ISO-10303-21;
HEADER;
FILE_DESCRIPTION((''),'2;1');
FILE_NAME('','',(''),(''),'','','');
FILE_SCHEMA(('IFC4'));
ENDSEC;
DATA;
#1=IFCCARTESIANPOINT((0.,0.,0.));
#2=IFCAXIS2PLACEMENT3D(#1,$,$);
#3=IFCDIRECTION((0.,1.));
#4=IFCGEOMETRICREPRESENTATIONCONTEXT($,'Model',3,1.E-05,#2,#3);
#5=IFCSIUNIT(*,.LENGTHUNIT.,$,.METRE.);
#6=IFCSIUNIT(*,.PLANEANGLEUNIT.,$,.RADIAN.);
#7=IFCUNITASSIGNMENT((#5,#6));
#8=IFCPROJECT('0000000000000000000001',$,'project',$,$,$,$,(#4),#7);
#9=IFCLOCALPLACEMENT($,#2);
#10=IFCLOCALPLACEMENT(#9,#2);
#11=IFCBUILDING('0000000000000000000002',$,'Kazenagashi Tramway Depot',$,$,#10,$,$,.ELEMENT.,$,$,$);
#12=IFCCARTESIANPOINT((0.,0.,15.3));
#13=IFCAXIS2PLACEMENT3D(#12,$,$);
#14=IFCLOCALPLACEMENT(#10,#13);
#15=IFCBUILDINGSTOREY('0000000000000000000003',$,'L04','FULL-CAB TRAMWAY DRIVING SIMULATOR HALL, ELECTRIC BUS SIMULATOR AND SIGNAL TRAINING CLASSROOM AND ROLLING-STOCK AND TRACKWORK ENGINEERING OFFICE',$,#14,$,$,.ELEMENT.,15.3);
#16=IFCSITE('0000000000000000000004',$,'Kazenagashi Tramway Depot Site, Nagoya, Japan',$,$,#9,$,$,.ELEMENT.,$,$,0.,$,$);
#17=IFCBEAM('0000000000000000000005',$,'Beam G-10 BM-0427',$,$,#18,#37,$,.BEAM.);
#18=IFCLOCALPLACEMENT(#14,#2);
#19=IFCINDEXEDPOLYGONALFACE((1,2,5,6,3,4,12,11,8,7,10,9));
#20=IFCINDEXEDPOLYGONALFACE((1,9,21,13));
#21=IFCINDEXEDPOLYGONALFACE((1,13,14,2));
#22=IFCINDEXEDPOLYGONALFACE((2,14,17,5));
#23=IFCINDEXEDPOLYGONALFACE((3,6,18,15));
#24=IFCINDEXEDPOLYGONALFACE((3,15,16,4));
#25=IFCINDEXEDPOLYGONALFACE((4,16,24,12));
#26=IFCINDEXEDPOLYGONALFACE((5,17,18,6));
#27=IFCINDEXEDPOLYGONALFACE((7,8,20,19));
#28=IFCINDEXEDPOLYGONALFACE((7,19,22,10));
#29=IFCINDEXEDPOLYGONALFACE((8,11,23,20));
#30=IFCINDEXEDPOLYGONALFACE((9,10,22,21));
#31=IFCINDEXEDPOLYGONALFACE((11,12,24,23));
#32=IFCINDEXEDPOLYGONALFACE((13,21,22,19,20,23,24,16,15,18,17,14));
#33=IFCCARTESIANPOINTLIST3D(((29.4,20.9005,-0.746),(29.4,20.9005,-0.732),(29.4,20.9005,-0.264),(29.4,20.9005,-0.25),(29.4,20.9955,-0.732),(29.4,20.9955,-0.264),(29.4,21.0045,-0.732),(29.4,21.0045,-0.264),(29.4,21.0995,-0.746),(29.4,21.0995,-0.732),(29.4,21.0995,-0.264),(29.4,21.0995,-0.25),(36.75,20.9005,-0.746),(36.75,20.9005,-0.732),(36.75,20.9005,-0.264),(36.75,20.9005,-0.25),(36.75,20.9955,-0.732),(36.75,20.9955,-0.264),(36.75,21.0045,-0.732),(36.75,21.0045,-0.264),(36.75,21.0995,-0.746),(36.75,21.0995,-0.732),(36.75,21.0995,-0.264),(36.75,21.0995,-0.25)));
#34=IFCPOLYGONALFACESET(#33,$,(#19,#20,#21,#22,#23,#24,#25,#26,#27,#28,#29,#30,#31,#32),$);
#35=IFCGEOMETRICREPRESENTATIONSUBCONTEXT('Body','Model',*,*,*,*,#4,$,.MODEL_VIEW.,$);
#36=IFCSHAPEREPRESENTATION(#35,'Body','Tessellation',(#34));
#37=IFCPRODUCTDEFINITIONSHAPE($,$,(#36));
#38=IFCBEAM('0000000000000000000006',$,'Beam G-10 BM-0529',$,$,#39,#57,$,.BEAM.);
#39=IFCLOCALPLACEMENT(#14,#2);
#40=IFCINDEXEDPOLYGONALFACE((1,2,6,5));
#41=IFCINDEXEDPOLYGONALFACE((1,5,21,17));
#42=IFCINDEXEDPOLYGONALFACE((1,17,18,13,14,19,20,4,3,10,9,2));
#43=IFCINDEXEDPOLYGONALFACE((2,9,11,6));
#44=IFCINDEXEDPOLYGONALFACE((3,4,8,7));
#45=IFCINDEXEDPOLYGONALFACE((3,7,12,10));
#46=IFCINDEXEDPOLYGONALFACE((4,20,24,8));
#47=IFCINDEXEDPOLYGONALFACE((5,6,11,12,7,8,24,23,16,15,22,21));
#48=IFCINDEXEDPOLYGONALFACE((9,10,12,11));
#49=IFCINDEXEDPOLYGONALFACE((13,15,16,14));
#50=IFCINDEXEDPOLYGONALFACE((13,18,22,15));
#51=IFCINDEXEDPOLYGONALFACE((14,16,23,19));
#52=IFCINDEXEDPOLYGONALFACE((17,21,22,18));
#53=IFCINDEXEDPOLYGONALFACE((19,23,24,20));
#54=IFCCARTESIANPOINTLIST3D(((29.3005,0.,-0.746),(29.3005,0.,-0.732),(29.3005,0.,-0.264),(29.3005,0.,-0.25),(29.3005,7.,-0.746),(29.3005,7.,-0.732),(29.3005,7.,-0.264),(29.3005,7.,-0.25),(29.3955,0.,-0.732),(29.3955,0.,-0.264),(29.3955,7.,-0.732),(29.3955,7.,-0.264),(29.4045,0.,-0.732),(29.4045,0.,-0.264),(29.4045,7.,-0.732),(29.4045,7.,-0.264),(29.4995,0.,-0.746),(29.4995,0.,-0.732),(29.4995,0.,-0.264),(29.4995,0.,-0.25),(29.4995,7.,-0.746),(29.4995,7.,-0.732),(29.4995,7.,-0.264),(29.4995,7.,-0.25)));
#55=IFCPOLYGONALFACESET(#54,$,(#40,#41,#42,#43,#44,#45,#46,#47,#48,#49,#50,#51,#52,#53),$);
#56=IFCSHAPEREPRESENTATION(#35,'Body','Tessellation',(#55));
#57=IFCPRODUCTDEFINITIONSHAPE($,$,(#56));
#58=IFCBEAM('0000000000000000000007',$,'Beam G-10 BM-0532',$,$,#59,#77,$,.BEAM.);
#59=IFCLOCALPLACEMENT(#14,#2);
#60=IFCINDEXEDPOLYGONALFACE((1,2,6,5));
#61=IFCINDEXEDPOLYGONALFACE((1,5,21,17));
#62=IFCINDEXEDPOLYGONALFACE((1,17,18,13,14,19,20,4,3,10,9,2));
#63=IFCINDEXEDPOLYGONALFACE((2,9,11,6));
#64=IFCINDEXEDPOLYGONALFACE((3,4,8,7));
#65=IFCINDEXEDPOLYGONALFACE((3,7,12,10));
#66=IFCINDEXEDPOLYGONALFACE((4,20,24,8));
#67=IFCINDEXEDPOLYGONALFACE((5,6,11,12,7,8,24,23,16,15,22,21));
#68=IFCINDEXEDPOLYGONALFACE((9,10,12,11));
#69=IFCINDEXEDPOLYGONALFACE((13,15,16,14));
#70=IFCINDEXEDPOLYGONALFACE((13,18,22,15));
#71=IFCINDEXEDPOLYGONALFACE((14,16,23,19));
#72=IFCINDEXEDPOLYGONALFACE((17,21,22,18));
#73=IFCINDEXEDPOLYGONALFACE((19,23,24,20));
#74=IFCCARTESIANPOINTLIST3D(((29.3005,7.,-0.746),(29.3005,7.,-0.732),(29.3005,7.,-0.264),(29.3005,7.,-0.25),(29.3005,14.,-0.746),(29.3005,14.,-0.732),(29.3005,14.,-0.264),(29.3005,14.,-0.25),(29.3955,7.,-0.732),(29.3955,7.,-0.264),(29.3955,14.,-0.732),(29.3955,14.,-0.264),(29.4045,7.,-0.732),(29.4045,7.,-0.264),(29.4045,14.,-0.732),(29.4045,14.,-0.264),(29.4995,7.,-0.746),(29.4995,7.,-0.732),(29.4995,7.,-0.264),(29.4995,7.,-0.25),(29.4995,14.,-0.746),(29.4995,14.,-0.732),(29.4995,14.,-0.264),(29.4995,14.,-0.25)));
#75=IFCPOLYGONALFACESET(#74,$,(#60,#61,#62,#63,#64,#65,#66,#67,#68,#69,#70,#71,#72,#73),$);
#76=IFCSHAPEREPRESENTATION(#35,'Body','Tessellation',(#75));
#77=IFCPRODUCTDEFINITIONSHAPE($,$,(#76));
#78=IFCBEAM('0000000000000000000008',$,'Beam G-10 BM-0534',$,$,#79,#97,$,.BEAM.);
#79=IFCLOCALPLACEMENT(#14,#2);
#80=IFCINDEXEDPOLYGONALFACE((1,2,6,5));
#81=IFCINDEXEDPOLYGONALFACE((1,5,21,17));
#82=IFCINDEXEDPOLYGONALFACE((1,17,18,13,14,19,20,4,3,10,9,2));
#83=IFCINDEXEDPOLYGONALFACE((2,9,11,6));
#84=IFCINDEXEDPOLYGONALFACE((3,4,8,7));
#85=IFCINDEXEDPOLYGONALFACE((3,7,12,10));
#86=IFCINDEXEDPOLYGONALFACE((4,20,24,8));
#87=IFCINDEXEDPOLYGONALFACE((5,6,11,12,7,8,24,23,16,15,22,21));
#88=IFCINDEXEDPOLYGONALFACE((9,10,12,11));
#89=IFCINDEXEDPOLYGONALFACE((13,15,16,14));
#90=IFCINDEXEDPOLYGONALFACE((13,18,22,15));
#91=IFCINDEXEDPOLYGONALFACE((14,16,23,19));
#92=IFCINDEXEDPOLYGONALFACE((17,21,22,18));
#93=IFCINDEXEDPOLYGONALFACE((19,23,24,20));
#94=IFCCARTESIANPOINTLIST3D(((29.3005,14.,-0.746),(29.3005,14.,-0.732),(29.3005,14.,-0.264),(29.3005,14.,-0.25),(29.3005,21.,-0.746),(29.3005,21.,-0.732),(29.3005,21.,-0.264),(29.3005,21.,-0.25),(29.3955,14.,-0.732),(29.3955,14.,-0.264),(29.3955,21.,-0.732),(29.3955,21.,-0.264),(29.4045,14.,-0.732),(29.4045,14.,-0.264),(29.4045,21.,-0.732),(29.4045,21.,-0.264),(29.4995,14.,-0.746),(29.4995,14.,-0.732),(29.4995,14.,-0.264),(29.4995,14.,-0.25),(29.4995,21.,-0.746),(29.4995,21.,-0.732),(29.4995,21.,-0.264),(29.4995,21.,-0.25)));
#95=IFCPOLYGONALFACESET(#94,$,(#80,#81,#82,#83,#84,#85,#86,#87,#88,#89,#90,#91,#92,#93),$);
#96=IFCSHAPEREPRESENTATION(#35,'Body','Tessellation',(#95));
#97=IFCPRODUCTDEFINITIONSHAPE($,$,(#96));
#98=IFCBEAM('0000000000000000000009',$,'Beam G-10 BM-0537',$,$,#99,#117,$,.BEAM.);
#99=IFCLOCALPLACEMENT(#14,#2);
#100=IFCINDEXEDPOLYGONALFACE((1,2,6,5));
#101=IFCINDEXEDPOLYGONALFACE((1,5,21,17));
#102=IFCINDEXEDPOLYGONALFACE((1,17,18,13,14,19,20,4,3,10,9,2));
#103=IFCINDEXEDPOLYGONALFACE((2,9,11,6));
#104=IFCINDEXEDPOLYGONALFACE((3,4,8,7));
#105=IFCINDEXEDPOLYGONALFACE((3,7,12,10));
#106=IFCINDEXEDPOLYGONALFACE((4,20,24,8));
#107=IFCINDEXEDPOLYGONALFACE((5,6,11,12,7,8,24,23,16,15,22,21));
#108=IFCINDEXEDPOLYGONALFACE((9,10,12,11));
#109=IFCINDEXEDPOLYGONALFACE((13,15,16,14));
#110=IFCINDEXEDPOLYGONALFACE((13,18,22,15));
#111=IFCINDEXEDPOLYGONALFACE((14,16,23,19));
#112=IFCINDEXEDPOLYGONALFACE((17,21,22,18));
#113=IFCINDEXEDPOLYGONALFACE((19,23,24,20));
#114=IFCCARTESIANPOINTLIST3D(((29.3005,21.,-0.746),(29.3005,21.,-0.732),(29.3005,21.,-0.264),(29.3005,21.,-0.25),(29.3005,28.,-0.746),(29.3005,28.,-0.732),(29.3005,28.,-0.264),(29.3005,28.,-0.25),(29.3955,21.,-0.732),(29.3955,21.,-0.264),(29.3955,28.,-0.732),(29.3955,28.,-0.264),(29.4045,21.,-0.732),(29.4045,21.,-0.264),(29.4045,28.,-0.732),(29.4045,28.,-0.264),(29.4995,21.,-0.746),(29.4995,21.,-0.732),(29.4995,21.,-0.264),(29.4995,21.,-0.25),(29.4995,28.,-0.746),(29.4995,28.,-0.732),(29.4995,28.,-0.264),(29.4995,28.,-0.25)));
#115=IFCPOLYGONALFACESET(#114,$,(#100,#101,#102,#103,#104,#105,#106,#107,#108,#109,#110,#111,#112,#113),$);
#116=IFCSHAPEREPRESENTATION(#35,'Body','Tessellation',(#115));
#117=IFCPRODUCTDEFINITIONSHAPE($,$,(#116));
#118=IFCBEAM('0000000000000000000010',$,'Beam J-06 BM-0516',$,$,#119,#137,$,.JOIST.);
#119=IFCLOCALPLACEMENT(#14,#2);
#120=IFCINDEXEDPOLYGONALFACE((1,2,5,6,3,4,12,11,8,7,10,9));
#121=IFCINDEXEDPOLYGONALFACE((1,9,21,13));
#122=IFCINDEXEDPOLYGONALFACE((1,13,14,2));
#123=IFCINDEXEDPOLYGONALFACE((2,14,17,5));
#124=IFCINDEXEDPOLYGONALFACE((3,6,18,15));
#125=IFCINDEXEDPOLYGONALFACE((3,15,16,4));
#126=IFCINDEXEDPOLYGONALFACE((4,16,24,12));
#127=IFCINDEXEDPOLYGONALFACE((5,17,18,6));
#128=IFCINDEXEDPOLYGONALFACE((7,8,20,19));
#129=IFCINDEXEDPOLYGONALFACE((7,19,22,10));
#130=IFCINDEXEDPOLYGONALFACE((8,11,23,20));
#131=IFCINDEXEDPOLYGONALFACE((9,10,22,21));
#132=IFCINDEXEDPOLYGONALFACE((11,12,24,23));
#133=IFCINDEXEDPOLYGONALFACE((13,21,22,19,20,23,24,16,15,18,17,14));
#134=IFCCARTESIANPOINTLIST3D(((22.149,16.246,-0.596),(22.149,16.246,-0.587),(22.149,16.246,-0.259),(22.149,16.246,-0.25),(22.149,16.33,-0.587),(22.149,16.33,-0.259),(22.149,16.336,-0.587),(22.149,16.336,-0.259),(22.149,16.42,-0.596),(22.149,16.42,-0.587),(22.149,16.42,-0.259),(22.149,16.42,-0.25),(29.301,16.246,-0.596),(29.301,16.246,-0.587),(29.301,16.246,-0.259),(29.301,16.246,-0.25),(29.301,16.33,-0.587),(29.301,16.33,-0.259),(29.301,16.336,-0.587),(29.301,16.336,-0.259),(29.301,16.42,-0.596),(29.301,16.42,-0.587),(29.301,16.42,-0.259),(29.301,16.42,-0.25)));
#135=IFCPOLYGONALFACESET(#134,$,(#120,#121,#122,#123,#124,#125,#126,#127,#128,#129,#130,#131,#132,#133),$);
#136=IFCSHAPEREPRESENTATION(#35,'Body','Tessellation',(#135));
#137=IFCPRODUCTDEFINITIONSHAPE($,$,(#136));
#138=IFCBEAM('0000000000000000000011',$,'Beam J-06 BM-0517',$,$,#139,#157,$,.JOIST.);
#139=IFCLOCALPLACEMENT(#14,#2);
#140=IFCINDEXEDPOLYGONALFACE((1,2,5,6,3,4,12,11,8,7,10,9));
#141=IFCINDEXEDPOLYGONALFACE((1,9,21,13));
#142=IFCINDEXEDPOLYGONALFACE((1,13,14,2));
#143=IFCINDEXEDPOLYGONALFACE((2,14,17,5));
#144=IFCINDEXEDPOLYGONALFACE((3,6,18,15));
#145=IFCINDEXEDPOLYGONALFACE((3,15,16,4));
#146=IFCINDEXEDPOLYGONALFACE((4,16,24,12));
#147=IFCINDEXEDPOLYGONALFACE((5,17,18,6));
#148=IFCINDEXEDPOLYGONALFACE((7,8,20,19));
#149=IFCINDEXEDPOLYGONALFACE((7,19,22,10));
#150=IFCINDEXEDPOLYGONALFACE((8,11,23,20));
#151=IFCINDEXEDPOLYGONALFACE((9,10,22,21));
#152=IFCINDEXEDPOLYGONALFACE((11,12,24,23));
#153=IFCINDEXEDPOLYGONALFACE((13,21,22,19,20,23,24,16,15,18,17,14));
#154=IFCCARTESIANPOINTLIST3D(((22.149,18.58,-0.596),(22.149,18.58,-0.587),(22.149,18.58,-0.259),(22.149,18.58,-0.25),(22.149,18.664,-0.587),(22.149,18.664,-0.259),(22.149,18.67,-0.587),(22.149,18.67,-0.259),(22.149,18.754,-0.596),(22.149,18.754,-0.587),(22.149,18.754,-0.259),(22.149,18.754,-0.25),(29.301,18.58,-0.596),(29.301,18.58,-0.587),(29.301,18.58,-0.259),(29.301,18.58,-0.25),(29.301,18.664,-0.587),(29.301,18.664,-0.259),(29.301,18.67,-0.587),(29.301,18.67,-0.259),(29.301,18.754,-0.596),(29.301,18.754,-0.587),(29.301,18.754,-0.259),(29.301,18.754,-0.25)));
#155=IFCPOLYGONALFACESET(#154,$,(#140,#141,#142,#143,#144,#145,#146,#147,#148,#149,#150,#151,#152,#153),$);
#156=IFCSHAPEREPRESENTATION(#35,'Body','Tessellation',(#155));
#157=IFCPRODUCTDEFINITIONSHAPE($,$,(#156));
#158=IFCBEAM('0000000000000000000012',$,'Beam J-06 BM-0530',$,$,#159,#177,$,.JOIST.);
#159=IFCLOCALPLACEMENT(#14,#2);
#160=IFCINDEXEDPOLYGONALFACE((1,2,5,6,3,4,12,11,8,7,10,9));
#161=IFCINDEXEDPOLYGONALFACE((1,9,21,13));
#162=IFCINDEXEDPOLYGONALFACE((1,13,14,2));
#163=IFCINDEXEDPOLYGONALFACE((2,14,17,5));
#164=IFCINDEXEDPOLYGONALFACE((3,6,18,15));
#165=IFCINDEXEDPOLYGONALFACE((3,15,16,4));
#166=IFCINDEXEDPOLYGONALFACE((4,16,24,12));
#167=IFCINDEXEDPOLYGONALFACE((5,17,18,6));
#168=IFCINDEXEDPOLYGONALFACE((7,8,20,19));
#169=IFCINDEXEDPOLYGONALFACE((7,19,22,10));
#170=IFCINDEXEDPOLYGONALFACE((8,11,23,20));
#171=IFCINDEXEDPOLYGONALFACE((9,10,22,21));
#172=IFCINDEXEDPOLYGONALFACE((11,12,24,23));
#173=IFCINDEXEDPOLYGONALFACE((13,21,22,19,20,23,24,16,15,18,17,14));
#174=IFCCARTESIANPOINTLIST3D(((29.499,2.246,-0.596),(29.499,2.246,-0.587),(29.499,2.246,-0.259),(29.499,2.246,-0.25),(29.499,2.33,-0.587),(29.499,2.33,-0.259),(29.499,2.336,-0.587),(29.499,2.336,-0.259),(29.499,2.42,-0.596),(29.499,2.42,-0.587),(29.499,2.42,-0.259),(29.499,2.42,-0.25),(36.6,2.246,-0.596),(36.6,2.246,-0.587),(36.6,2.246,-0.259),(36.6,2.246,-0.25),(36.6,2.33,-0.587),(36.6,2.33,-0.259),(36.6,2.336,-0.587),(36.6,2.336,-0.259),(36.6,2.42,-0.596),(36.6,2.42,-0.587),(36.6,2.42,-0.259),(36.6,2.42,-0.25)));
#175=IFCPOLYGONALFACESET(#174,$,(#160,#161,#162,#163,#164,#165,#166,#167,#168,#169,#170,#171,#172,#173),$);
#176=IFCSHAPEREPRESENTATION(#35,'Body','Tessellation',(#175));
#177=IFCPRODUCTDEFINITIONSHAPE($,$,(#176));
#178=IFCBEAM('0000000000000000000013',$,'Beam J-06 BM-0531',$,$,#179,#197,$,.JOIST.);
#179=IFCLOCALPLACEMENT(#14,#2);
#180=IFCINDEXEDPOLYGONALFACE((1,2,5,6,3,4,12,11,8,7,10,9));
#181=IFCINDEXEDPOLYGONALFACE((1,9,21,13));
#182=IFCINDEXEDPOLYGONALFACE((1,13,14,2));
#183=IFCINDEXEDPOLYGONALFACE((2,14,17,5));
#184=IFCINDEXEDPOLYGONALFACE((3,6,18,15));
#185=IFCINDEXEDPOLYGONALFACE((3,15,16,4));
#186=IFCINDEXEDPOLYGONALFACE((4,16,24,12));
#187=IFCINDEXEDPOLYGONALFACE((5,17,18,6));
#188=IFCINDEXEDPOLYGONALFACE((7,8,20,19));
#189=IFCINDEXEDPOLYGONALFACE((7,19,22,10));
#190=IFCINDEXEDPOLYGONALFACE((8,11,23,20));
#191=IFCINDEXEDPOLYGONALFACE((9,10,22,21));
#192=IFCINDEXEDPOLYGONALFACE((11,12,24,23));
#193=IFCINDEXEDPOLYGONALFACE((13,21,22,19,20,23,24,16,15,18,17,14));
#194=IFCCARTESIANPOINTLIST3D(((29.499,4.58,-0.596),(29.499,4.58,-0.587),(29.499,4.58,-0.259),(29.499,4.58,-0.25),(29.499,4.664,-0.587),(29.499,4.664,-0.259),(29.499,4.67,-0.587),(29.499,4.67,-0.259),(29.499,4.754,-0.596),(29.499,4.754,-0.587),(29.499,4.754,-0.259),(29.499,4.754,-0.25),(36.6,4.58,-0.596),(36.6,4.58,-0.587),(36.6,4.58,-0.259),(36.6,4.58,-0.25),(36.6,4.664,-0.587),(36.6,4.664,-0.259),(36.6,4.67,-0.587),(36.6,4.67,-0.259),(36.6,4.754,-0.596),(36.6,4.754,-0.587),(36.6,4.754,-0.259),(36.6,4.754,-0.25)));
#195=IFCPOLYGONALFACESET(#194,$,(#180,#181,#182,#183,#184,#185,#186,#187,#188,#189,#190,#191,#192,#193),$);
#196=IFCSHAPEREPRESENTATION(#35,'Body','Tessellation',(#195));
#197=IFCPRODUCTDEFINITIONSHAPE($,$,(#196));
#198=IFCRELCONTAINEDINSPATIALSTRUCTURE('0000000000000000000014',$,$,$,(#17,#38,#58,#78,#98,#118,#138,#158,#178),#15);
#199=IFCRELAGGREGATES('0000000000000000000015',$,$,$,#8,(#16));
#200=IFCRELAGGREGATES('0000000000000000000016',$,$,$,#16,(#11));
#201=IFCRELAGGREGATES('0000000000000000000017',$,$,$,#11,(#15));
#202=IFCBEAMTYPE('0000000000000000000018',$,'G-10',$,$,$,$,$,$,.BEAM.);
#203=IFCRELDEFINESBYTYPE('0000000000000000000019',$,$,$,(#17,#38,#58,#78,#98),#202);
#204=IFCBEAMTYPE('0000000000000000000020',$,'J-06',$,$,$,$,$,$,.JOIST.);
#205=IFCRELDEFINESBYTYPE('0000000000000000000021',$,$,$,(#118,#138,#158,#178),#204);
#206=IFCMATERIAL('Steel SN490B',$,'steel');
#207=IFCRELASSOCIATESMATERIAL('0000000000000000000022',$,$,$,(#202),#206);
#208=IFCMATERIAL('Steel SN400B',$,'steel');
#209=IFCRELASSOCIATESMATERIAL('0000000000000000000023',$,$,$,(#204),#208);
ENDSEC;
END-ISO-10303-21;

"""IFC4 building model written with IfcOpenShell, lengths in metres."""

from ifc_helpers import new_model, si_unit, direction, frame, origin, origin_2d, place, context, subcontext, project, spatial, i_section, extrude, material, material_profile, profile_set, type_object, element, save


model = new_model("IFC4")

# Units and contexts
model_context = context("Model", 3, precision=1e-05, world=origin(), true_north=direction((0.0, 1.0)))
body_context = subcontext(model_context, "Body", "Model", "MODEL_VIEW")
ifc_project = project(units=[si_unit("LENGTHUNIT", "METRE"), si_unit("PLANEANGLEUNIT", "RADIAN")], contexts=[model_context])

# Site, building, storey
site_placement = place(None, origin())
site = spatial("IfcSite", under=ifc_project, at=site_placement, Name="Kazenagashi Tramway Depot Site, Nagoya, Japan", CompositionType="ELEMENT", RefElevation=0.0)
building_placement = place(site_placement, origin())
building = spatial("IfcBuilding", under=site, at=building_placement, Name="Kazenagashi Tramway Depot", CompositionType="ELEMENT")
storey_placement = place(building_placement, frame((0.0, 0.0, 15.3)))
storey = spatial("IfcBuildingStorey", under=building, at=storey_placement, Name="L04", Description="FULL-CAB TRAMWAY DRIVING SIMULATOR HALL, ELECTRIC BUS SIMULATOR AND SIGNAL TRAINING CLASSROOM AND ROLLING-STOCK AND TRACKWORK ENGINEERING OFFICE", CompositionType="ELEMENT", Elevation=15.3)

# Shared definitions
ifc_material_1 = material(Name="Steel SN490B", Category="steel")

# Beams
ifc_material_profile_1 = material_profile(ifc_material_1, i_section(OverallWidth=0.199, OverallDepth=0.496, WebThickness=0.009, FlangeThickness=0.014, at=origin_2d()), Name="H-496x199x9x14")
ifc_profile_set_1 = profile_set([ifc_material_profile_1], Name="Steel SN490B")
beam_type_1 = type_object("IfcBeamType", Name="G-10", PredefinedType="BEAM", material=ifc_profile_set_1)
for number, where, z_axis, x_axis, name in (
    (1, (29.4, 21.0, -0.498), (1.0, 0.0, 0.0), (0.0, 1.0, 0.0), "Beam G-10 BM-0427"),
):
    element("IfcBeam", number, at=place(storey_placement, frame(where, z_axis=z_axis, x_axis=x_axis)), inside=storey, type_object=beam_type_1, Name=name, PredefinedType="BEAM", context=body_context, shape_type="SweptSolid", body=[
        extrude(i_section(OverallWidth=0.199, OverallDepth=0.496, WebThickness=0.009, FlangeThickness=0.014, at=origin_2d()), origin(), (0.0, 0.0, 1.0), 7.35),
    ])
for number, where, z_axis, x_axis, name in (
    (2, (29.4, 0.0, -0.498), (0.0, 1.0, 0.0), (-1.0, 0.0, 0.0), "Beam G-10 BM-0529"),
    (3, (29.4, 7.0, -0.498), (0.0, 1.0, 0.0), (-1.0, 0.0, 0.0), "Beam G-10 BM-0532"),
    (4, (29.4, 14.0, -0.498), (0.0, 1.0, 0.0), (-1.0, 0.0, 0.0), "Beam G-10 BM-0534"),
    (5, (29.4, 21.0, -0.498), (0.0, 1.0, 0.0), (-1.0, 0.0, 0.0), "Beam G-10 BM-0537"),
):
    element("IfcBeam", number, at=place(storey_placement, frame(where, z_axis=z_axis, x_axis=x_axis)), inside=storey, type_object=beam_type_1, Name=name, PredefinedType="BEAM", context=body_context, shape_type="SweptSolid", body=[
        extrude(i_section(OverallWidth=0.199, OverallDepth=0.496, WebThickness=0.009, FlangeThickness=0.014, at=origin_2d()), origin(), (0.0, 0.0, 1.0), 7.0),
    ])
ifc_material_2 = material(Name="Steel SN400B", Category="steel")
ifc_material_profile_2 = material_profile(ifc_material_2, i_section(OverallWidth=0.174, OverallDepth=0.346, WebThickness=0.006, FlangeThickness=0.009, at=origin_2d()), Name="H-346x174x6x9")
ifc_profile_set_2 = profile_set([ifc_material_profile_2], Name="Steel SN400B")
beam_type_2 = type_object("IfcBeamType", Name="J-06", PredefinedType="JOIST", material=ifc_profile_set_2)
for number, where, z_axis, x_axis, name in (
    (6, (22.149, 16.333, -0.423), (1.0, 0.0, 0.0), (0.0, 1.0, 0.0), "Beam J-06 BM-0516"),
    (7, (22.149, 18.667, -0.423), (1.0, 0.0, 0.0), (0.0, 1.0, 0.0), "Beam J-06 BM-0517"),
):
    element("IfcBeam", number, at=place(storey_placement, frame(where, z_axis=z_axis, x_axis=x_axis)), inside=storey, type_object=beam_type_2, Name=name, PredefinedType="JOIST", context=body_context, shape_type="SweptSolid", body=[
        extrude(i_section(OverallWidth=0.174, OverallDepth=0.346, WebThickness=0.006, FlangeThickness=0.009, at=origin_2d()), origin(), (0.0, 0.0, 1.0), 7.152),
    ])
for number, where, z_axis, x_axis, name in (
    (8, (29.499, 2.333, -0.423), (1.0, 0.0, 0.0), (0.0, 1.0, 0.0), "Beam J-06 BM-0530"),
    (9, (29.499, 4.667, -0.423), (1.0, 0.0, 0.0), (0.0, 1.0, 0.0), "Beam J-06 BM-0531"),
):
    element("IfcBeam", number, at=place(storey_placement, frame(where, z_axis=z_axis, x_axis=x_axis)), inside=storey, type_object=beam_type_2, Name=name, PredefinedType="JOIST", context=body_context, shape_type="SweptSolid", body=[
        extrude(i_section(OverallWidth=0.174, OverallDepth=0.346, WebThickness=0.006, FlangeThickness=0.009, at=origin_2d()), origin(), (0.0, 0.0, 1.0), 7.101),
    ])

save(model, "model.ifc")
